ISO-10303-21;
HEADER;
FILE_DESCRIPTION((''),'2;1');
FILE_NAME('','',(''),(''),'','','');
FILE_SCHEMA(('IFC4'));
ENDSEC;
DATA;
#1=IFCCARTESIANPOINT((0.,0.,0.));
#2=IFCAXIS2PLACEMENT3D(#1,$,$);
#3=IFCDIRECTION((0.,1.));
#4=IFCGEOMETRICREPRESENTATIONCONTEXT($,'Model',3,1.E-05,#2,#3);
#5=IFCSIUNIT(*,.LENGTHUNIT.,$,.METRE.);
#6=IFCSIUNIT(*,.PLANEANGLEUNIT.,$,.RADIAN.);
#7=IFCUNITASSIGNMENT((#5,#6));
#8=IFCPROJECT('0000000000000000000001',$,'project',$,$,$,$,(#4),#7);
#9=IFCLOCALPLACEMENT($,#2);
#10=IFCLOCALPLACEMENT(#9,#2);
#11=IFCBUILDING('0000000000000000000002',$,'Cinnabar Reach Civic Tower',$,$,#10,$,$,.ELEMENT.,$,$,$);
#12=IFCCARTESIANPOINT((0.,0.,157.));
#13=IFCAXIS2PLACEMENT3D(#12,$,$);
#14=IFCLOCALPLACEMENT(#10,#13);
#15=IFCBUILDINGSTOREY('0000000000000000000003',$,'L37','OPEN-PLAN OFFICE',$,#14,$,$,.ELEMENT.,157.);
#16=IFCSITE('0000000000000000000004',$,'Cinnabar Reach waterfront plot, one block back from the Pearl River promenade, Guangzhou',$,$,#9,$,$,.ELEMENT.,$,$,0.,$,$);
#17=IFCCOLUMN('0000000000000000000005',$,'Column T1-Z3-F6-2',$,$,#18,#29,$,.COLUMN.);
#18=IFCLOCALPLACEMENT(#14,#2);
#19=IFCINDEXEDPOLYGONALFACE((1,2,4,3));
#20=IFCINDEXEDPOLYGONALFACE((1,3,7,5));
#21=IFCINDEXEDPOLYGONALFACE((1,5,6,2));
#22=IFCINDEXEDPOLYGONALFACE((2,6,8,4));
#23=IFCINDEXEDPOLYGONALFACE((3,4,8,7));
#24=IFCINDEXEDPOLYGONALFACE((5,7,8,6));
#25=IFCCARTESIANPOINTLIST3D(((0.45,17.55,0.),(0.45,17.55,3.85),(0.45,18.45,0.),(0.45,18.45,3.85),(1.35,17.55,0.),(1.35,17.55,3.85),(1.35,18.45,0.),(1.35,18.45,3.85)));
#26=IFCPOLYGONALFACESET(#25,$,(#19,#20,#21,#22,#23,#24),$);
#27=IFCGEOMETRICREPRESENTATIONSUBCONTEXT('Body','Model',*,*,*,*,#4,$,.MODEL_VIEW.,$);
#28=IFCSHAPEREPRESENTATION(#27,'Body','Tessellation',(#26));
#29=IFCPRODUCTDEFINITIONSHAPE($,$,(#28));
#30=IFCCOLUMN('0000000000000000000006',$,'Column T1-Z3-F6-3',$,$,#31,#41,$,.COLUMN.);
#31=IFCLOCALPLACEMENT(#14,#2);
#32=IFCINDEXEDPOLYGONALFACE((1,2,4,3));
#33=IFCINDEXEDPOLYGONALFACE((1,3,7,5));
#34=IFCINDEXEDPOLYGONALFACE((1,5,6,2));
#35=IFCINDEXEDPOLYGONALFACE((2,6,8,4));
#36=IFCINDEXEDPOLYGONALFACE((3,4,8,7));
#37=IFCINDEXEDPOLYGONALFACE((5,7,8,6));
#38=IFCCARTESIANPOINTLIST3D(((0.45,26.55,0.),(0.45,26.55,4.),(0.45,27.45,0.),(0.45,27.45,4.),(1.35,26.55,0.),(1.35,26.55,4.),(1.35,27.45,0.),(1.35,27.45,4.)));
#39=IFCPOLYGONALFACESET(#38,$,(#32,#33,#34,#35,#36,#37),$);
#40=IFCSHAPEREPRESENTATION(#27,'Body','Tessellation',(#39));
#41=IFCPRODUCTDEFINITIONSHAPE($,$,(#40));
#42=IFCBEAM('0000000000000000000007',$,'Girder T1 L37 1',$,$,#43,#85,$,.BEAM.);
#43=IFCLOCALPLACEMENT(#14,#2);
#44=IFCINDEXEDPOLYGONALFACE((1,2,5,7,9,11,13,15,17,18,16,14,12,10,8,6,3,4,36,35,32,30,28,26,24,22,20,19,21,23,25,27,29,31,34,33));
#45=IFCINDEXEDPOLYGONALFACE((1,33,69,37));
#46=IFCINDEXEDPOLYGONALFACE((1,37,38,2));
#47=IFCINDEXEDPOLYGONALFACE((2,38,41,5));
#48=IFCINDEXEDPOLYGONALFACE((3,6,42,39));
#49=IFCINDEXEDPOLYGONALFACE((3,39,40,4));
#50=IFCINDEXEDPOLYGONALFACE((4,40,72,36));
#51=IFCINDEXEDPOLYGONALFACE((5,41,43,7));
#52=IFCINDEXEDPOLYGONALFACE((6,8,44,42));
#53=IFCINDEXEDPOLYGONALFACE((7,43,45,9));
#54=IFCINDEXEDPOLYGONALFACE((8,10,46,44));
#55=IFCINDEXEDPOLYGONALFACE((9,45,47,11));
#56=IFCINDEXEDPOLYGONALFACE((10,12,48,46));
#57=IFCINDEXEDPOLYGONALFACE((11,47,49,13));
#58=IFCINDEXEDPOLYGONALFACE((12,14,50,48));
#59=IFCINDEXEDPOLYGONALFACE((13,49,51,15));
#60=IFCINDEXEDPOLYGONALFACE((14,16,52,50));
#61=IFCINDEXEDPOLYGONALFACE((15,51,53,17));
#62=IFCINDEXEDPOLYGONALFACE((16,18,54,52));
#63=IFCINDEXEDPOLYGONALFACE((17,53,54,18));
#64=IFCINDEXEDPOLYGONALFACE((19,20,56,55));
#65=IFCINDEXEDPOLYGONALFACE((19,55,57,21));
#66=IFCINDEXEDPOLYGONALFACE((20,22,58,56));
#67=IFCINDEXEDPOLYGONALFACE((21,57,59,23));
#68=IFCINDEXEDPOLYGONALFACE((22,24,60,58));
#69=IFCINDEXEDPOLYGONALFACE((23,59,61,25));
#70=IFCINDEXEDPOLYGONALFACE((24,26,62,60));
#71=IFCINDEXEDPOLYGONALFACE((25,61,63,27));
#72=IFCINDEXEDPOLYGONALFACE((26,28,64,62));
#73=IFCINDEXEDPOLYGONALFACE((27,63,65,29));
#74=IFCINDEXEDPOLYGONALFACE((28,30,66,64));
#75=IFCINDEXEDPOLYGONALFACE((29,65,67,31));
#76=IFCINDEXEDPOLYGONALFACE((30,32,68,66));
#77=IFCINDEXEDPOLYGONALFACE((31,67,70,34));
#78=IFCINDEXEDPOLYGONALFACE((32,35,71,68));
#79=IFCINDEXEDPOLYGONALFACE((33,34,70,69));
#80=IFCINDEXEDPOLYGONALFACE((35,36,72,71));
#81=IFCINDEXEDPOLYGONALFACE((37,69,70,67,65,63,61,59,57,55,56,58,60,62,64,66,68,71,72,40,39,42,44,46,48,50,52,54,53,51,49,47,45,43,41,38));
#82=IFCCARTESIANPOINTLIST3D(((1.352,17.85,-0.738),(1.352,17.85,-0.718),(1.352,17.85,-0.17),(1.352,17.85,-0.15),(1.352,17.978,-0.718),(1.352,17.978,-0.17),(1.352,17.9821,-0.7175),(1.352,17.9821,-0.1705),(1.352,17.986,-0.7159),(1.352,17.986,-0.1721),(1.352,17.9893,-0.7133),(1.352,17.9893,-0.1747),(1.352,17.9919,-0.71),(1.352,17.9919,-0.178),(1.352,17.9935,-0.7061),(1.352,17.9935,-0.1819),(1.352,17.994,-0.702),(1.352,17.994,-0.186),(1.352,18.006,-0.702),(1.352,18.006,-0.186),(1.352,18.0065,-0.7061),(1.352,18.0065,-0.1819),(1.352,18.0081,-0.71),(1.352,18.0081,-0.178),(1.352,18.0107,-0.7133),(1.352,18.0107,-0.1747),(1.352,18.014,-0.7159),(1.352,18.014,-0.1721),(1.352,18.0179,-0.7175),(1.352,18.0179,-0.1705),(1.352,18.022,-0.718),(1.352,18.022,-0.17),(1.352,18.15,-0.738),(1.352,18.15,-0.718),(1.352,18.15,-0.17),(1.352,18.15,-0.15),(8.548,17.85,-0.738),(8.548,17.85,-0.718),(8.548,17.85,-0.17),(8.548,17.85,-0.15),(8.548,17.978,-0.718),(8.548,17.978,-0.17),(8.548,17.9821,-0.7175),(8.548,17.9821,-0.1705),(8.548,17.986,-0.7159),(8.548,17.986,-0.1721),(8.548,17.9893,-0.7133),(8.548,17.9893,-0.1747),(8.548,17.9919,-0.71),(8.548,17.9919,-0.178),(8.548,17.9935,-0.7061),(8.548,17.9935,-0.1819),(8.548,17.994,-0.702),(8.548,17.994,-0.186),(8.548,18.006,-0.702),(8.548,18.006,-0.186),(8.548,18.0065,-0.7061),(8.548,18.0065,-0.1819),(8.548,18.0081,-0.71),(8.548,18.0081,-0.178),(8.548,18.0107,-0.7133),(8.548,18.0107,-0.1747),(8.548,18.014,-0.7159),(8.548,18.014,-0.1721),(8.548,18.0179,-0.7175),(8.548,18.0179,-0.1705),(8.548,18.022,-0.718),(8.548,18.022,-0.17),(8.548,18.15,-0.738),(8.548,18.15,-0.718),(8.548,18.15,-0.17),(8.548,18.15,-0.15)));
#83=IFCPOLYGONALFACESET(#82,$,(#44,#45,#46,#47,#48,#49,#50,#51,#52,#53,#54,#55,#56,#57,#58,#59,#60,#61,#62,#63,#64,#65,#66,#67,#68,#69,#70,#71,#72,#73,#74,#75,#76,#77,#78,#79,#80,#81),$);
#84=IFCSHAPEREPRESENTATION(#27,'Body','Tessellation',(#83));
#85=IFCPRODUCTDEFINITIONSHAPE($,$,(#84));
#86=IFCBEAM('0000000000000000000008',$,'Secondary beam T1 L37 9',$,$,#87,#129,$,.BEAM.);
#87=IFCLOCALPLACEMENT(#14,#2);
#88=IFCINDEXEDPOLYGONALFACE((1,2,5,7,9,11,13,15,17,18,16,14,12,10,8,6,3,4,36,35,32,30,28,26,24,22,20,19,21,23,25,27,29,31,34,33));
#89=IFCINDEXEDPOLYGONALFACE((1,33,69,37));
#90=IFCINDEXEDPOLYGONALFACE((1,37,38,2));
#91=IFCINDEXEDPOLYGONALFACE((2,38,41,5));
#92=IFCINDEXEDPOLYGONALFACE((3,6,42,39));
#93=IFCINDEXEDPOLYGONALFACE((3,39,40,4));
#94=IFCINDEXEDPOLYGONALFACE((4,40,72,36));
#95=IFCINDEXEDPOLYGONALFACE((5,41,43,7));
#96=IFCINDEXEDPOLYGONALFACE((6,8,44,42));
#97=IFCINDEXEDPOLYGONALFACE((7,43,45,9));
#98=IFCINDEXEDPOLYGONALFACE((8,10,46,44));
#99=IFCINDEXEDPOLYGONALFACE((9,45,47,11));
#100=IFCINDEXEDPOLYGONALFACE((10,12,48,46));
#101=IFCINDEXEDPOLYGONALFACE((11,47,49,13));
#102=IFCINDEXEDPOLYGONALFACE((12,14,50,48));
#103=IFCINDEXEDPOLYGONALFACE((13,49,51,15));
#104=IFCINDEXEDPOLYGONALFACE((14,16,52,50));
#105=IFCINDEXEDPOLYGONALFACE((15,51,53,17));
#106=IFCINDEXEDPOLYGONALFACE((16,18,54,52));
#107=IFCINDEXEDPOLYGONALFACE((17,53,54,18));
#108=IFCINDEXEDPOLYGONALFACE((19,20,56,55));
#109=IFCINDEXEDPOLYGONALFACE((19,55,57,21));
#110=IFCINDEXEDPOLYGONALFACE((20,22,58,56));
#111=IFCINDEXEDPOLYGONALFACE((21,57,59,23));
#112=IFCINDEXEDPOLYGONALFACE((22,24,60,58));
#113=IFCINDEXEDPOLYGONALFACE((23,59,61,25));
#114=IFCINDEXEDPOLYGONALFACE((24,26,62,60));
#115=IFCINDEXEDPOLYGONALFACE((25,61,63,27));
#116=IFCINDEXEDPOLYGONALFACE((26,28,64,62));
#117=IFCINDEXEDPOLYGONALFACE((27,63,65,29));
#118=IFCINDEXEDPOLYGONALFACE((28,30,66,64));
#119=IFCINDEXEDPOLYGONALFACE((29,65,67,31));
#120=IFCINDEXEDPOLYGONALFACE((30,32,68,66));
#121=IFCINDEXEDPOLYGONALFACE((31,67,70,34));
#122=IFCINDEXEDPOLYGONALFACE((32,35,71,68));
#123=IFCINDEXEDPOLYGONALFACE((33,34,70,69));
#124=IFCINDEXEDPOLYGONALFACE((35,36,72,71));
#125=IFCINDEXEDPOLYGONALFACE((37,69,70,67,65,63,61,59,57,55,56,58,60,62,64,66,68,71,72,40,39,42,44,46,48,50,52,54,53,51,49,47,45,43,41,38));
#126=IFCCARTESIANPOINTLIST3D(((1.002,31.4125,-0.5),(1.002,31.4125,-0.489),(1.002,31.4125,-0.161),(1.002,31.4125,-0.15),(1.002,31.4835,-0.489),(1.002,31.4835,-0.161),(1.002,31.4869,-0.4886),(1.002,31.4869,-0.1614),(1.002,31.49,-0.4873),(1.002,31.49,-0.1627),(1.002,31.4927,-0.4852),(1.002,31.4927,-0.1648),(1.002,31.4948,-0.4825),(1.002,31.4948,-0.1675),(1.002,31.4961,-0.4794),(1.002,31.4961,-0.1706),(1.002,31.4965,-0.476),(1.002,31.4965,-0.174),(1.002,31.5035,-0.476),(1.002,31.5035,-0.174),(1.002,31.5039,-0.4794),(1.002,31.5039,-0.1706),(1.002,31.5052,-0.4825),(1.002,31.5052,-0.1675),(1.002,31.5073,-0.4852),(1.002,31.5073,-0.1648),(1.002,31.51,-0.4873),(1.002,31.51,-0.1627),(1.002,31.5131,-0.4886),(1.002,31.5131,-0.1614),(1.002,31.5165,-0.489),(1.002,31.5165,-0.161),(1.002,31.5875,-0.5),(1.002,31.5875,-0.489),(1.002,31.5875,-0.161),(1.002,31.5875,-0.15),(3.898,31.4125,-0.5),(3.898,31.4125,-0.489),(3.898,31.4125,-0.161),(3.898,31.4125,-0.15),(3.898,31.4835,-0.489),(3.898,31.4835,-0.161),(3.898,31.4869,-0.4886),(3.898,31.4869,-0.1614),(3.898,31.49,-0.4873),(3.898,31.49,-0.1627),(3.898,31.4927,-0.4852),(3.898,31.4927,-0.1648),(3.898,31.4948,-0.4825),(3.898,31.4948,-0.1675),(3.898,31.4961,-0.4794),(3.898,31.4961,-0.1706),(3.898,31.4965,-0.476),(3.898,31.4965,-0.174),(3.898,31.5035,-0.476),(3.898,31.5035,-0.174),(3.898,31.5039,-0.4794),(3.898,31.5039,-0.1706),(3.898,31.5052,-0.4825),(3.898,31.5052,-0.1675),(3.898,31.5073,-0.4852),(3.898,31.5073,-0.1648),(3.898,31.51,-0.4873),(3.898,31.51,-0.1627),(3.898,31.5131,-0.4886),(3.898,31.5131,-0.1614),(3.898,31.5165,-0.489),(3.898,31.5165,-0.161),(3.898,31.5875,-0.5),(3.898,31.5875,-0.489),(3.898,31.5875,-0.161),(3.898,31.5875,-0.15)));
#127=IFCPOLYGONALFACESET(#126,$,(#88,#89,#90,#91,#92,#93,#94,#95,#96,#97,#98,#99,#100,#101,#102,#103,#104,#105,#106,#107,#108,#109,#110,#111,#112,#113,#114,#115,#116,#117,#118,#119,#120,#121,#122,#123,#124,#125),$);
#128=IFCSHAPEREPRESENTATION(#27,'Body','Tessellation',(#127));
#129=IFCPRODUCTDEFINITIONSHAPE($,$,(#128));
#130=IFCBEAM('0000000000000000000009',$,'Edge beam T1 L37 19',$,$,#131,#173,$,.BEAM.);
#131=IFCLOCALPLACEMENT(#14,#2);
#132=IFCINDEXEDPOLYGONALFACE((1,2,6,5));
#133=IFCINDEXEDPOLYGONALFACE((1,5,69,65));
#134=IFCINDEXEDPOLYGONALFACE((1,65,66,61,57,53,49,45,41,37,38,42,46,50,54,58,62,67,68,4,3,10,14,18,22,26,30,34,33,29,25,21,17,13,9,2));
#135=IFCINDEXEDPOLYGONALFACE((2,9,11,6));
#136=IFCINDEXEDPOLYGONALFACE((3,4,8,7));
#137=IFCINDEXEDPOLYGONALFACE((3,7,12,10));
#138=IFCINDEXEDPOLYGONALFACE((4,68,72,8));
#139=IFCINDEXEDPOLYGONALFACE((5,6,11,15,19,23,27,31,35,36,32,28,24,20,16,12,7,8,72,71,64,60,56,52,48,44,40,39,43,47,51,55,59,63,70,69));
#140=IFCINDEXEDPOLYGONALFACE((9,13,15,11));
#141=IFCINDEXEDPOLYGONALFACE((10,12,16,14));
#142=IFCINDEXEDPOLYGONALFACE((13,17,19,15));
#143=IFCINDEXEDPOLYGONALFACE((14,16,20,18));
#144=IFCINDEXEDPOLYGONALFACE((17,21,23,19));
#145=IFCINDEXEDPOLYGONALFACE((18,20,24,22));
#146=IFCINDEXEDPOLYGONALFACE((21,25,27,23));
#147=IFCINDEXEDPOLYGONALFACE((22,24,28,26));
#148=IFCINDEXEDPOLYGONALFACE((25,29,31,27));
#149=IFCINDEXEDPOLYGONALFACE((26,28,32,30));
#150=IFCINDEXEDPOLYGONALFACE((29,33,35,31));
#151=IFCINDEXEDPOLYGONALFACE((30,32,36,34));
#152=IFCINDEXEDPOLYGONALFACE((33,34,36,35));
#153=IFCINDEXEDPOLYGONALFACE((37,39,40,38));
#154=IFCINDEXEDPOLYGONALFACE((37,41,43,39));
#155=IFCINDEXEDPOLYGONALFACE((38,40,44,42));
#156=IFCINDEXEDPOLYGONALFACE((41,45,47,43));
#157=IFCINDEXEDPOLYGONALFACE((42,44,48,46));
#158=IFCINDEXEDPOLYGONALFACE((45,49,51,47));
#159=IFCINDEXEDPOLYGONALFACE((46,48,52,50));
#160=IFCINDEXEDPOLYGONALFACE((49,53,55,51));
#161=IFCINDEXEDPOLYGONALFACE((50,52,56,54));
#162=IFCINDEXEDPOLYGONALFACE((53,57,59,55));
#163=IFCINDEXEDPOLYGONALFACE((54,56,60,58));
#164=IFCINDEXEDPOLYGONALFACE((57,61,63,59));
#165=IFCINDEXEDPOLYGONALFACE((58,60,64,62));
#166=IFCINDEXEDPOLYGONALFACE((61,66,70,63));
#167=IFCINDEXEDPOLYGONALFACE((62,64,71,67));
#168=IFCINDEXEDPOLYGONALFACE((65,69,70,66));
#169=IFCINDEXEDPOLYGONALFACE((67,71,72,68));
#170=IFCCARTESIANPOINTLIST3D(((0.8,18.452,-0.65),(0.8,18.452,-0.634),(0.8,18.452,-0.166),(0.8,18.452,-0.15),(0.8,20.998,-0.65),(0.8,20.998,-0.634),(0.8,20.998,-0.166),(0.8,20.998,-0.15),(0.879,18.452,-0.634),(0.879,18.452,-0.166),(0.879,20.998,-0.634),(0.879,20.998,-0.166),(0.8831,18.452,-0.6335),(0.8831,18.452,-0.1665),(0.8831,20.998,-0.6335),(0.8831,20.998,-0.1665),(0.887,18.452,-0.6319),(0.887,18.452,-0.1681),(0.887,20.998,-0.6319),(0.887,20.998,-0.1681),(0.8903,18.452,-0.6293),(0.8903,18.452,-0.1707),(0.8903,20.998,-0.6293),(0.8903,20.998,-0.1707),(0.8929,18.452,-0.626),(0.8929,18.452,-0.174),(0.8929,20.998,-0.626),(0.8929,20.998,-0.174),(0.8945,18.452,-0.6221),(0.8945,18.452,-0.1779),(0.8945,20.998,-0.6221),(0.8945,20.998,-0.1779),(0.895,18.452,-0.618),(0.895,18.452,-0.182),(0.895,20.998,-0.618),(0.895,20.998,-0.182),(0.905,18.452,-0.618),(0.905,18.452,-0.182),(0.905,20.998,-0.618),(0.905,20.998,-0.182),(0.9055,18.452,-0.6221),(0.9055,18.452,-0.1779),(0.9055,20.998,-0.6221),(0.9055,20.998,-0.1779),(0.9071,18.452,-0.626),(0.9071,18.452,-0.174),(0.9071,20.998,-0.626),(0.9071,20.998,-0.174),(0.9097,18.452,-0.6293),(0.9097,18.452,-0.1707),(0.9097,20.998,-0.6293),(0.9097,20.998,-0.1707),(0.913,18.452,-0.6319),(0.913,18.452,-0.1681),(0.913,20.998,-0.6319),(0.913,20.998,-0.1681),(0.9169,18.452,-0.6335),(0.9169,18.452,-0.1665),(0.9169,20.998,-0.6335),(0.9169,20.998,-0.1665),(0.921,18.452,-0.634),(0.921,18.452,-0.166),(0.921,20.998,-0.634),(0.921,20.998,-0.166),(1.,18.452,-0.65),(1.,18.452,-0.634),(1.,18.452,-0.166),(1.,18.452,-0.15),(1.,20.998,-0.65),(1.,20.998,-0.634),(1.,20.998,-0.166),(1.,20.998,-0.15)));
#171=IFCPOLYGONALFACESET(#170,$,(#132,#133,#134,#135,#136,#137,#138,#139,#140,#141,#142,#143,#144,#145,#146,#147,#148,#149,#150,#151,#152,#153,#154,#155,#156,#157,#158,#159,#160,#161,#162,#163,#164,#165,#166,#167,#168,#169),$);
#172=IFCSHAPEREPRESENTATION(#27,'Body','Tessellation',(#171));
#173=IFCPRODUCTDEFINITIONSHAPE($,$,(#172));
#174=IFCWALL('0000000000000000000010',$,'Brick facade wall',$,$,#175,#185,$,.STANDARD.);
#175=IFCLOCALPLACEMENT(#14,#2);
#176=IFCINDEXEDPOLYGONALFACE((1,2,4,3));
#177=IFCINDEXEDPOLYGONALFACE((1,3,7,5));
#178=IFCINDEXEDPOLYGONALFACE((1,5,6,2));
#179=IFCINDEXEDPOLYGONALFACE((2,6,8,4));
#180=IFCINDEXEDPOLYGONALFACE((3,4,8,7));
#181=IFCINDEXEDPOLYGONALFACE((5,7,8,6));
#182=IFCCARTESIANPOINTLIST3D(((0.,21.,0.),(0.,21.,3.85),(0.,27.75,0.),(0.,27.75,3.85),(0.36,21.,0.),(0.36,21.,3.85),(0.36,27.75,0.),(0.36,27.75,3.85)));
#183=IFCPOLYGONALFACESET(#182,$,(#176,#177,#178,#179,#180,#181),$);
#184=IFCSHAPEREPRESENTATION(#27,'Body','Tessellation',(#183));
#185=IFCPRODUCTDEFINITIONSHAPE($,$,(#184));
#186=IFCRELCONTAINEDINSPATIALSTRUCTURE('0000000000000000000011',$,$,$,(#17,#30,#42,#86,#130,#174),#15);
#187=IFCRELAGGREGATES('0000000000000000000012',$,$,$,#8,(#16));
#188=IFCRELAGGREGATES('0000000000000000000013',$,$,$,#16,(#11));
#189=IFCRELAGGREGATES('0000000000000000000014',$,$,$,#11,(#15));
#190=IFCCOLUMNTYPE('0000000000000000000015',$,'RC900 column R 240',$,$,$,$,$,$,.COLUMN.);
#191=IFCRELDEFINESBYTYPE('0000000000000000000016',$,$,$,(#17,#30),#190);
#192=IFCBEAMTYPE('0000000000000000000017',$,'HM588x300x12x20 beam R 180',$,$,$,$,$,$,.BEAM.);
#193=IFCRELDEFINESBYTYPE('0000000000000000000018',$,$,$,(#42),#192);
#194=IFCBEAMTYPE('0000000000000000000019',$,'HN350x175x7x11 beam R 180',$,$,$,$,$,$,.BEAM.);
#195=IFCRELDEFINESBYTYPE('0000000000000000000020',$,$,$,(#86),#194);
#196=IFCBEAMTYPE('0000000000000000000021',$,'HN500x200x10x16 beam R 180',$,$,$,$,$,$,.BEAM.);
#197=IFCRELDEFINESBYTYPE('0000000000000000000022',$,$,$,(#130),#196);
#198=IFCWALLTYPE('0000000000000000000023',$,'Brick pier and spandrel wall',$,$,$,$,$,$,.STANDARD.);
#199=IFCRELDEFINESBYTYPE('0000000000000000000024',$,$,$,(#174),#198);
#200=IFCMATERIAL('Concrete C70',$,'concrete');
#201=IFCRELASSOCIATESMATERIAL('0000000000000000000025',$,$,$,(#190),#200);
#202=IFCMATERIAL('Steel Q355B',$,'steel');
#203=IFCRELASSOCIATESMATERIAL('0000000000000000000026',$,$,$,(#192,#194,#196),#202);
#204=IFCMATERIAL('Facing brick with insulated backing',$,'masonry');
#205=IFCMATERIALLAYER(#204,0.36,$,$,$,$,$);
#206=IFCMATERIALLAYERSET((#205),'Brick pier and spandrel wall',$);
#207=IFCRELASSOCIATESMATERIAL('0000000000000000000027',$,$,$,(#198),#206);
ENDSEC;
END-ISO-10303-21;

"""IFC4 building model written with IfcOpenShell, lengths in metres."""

from ifc_helpers import new_model, si_unit, direction, frame, frame_2d, origin, origin_2d, place, context, subcontext, project, spatial, rectangle, i_section, extrude, material, layer, layer_set, material_profile, profile_set, type_object, element, save


model = new_model("IFC4")

# Units and contexts
model_context = context("Model", 3, precision=1e-05, world=origin(), true_north=direction((0.0, 1.0)))
body_context = subcontext(model_context, "Body", "Model", "MODEL_VIEW")
ifc_project = project(units=[si_unit("LENGTHUNIT", "METRE"), si_unit("PLANEANGLEUNIT", "RADIAN")], contexts=[model_context])

# Site, building, storey
site_placement = place(None, origin())
site = spatial("IfcSite", under=ifc_project, at=site_placement, Name="Cinnabar Reach waterfront plot, one block back from the Pearl River promenade, Guangzhou", CompositionType="ELEMENT", RefElevation=0.0)
building_placement = place(site_placement, origin())
building = spatial("IfcBuilding", under=site, at=building_placement, Name="Cinnabar Reach Civic Tower", CompositionType="ELEMENT")
storey_placement = place(building_placement, frame((0.0, 0.0, 157.0)))
storey = spatial("IfcBuildingStorey", under=building, at=storey_placement, Name="L37", Description="OPEN-PLAN OFFICE", CompositionType="ELEMENT", Elevation=157.0)

# Columns
ifc_material_1 = material(Name="Concrete C70", Category="concrete")
ifc_material_profile_1 = material_profile(ifc_material_1, rectangle(XDim=0.9, YDim=0.9, at=origin_2d()), Name="RC900")
ifc_profile_set_1 = profile_set([ifc_material_profile_1], Name="Concrete C70")
column_type = type_object("IfcColumnType", Name="RC900 column R 240", PredefinedType="COLUMN", material=ifc_profile_set_1)
column_1_placement = place(storey_placement, frame((0.9, 18.0, 0.0), z_axis=(0.0, 0.0, 1.0), x_axis=(1.0, 0.0, 0.0)))
element("IfcColumn", 1, at=column_1_placement, inside=storey, type_object=column_type, Name="Column T1-Z3-F6-2", PredefinedType="COLUMN", context=body_context, shape_type="SweptSolid", body=[
    extrude(rectangle(XDim=0.9, YDim=0.9, at=origin_2d()), origin(), (0.0, 0.0, 1.0), 3.85),
])
column_2_placement = place(storey_placement, frame((0.9, 27.0, 0.0), z_axis=(0.0, 0.0, 1.0), x_axis=(1.0, 0.0, 0.0)))
element("IfcColumn", 2, at=column_2_placement, inside=storey, type_object=column_type, Name="Column T1-Z3-F6-3", PredefinedType="COLUMN", context=body_context, shape_type="SweptSolid", body=[
    extrude(rectangle(XDim=0.9, YDim=0.9, at=origin_2d()), origin(), (0.0, 0.0, 1.0), 4.0),
])

# Beams
ifc_material_2 = material(Name="Steel Q355B", Category="steel")
ifc_material_profile_2 = material_profile(ifc_material_2, i_section(OverallWidth=0.3, OverallDepth=0.588, WebThickness=0.012, FlangeThickness=0.02, FilletRadius=0.016, at=origin_2d()), Name="HM588x300x12x20")
ifc_profile_set_2 = profile_set([ifc_material_profile_2], Name="Steel Q355B")
beam_type_1 = type_object("IfcBeamType", Name="HM588x300x12x20 beam R 180", PredefinedType="BEAM", material=ifc_profile_set_2)
beam_1_placement = place(storey_placement, frame((1.352, 18.0, -0.444), z_axis=(1.0, 0.0, 0.0), x_axis=(0.0, 1.0, 0.0)))
element("IfcBeam", 3, at=beam_1_placement, inside=storey, type_object=beam_type_1, Name="Girder T1 L37 1", PredefinedType="BEAM", context=body_context, shape_type="SweptSolid", body=[
    extrude(i_section(OverallWidth=0.3, OverallDepth=0.588, WebThickness=0.012, FlangeThickness=0.02, FilletRadius=0.016, at=origin_2d()), origin(), (0.0, 0.0, 1.0), 7.196),
])
ifc_material_profile_3 = material_profile(ifc_material_2, i_section(OverallWidth=0.175, OverallDepth=0.35, WebThickness=0.007, FlangeThickness=0.011, FilletRadius=0.013, at=origin_2d()), Name="HN350x175x7x11")
ifc_profile_set_3 = profile_set([ifc_material_profile_3], Name="Steel Q355B")
beam_type_2 = type_object("IfcBeamType", Name="HN350x175x7x11 beam R 180", PredefinedType="BEAM", material=ifc_profile_set_3)
beam_2_placement = place(storey_placement, frame((1.002, 31.5, -0.325), z_axis=(1.0, 0.0, 0.0), x_axis=(0.0, 1.0, 0.0)))
element("IfcBeam", 4, at=beam_2_placement, inside=storey, type_object=beam_type_2, Name="Secondary beam T1 L37 9", PredefinedType="BEAM", context=body_context, shape_type="SweptSolid", body=[
    extrude(i_section(OverallWidth=0.175, OverallDepth=0.35, WebThickness=0.007, FlangeThickness=0.011, FilletRadius=0.013, at=origin_2d()), origin(), (0.0, 0.0, 1.0), 2.896),
])
ifc_material_profile_4 = material_profile(ifc_material_2, i_section(OverallWidth=0.2, OverallDepth=0.5, WebThickness=0.01, FlangeThickness=0.016, FilletRadius=0.016, at=origin_2d()), Name="HN500x200x10x16")
ifc_profile_set_4 = profile_set([ifc_material_profile_4], Name="Steel Q355B")
beam_type_3 = type_object("IfcBeamType", Name="HN500x200x10x16 beam R 180", PredefinedType="BEAM", material=ifc_profile_set_4)
beam_3_placement = place(storey_placement, frame((0.9, 20.998, -0.4), z_axis=(0.0, -1.0, 0.0), x_axis=(1.0, 0.0, 0.0)))
element("IfcBeam", 5, at=beam_3_placement, inside=storey, type_object=beam_type_3, Name="Edge beam T1 L37 19", PredefinedType="BEAM", context=body_context, shape_type="SweptSolid", body=[
    extrude(i_section(OverallWidth=0.2, OverallDepth=0.5, WebThickness=0.01, FlangeThickness=0.016, FilletRadius=0.016, at=origin_2d()), origin(), (0.0, 0.0, 1.0), 2.546),
])

# Wall
ifc_material_3 = material(Name="Facing brick with insulated backing", Category="masonry")
ifc_layer_1 = layer(ifc_material_3, 0.36)
ifc_layer_set_1 = layer_set([ifc_layer_1], Name="Brick pier and spandrel wall")
wall_type_1 = type_object("IfcWallType", Name="Brick pier and spandrel wall", PredefinedType="STANDARD", material=ifc_layer_set_1)
wall_1_placement = place(storey_placement, frame((0.18, 27.75, 0.0), z_axis=(0.0, 0.0, 1.0), x_axis=(0.0, -1.0, 0.0)))
element("IfcWall", 6, at=wall_1_placement, inside=storey, type_object=wall_type_1, Name="Brick facade wall", PredefinedType="STANDARD", context=body_context, shape_type="SweptSolid", body=[
    extrude(rectangle(XDim=6.75, YDim=0.36, at=frame_2d((3.375, 0.0))), origin(), (0.0, 0.0, 1.0), 3.85),
])

save(model, "model.ifc")
